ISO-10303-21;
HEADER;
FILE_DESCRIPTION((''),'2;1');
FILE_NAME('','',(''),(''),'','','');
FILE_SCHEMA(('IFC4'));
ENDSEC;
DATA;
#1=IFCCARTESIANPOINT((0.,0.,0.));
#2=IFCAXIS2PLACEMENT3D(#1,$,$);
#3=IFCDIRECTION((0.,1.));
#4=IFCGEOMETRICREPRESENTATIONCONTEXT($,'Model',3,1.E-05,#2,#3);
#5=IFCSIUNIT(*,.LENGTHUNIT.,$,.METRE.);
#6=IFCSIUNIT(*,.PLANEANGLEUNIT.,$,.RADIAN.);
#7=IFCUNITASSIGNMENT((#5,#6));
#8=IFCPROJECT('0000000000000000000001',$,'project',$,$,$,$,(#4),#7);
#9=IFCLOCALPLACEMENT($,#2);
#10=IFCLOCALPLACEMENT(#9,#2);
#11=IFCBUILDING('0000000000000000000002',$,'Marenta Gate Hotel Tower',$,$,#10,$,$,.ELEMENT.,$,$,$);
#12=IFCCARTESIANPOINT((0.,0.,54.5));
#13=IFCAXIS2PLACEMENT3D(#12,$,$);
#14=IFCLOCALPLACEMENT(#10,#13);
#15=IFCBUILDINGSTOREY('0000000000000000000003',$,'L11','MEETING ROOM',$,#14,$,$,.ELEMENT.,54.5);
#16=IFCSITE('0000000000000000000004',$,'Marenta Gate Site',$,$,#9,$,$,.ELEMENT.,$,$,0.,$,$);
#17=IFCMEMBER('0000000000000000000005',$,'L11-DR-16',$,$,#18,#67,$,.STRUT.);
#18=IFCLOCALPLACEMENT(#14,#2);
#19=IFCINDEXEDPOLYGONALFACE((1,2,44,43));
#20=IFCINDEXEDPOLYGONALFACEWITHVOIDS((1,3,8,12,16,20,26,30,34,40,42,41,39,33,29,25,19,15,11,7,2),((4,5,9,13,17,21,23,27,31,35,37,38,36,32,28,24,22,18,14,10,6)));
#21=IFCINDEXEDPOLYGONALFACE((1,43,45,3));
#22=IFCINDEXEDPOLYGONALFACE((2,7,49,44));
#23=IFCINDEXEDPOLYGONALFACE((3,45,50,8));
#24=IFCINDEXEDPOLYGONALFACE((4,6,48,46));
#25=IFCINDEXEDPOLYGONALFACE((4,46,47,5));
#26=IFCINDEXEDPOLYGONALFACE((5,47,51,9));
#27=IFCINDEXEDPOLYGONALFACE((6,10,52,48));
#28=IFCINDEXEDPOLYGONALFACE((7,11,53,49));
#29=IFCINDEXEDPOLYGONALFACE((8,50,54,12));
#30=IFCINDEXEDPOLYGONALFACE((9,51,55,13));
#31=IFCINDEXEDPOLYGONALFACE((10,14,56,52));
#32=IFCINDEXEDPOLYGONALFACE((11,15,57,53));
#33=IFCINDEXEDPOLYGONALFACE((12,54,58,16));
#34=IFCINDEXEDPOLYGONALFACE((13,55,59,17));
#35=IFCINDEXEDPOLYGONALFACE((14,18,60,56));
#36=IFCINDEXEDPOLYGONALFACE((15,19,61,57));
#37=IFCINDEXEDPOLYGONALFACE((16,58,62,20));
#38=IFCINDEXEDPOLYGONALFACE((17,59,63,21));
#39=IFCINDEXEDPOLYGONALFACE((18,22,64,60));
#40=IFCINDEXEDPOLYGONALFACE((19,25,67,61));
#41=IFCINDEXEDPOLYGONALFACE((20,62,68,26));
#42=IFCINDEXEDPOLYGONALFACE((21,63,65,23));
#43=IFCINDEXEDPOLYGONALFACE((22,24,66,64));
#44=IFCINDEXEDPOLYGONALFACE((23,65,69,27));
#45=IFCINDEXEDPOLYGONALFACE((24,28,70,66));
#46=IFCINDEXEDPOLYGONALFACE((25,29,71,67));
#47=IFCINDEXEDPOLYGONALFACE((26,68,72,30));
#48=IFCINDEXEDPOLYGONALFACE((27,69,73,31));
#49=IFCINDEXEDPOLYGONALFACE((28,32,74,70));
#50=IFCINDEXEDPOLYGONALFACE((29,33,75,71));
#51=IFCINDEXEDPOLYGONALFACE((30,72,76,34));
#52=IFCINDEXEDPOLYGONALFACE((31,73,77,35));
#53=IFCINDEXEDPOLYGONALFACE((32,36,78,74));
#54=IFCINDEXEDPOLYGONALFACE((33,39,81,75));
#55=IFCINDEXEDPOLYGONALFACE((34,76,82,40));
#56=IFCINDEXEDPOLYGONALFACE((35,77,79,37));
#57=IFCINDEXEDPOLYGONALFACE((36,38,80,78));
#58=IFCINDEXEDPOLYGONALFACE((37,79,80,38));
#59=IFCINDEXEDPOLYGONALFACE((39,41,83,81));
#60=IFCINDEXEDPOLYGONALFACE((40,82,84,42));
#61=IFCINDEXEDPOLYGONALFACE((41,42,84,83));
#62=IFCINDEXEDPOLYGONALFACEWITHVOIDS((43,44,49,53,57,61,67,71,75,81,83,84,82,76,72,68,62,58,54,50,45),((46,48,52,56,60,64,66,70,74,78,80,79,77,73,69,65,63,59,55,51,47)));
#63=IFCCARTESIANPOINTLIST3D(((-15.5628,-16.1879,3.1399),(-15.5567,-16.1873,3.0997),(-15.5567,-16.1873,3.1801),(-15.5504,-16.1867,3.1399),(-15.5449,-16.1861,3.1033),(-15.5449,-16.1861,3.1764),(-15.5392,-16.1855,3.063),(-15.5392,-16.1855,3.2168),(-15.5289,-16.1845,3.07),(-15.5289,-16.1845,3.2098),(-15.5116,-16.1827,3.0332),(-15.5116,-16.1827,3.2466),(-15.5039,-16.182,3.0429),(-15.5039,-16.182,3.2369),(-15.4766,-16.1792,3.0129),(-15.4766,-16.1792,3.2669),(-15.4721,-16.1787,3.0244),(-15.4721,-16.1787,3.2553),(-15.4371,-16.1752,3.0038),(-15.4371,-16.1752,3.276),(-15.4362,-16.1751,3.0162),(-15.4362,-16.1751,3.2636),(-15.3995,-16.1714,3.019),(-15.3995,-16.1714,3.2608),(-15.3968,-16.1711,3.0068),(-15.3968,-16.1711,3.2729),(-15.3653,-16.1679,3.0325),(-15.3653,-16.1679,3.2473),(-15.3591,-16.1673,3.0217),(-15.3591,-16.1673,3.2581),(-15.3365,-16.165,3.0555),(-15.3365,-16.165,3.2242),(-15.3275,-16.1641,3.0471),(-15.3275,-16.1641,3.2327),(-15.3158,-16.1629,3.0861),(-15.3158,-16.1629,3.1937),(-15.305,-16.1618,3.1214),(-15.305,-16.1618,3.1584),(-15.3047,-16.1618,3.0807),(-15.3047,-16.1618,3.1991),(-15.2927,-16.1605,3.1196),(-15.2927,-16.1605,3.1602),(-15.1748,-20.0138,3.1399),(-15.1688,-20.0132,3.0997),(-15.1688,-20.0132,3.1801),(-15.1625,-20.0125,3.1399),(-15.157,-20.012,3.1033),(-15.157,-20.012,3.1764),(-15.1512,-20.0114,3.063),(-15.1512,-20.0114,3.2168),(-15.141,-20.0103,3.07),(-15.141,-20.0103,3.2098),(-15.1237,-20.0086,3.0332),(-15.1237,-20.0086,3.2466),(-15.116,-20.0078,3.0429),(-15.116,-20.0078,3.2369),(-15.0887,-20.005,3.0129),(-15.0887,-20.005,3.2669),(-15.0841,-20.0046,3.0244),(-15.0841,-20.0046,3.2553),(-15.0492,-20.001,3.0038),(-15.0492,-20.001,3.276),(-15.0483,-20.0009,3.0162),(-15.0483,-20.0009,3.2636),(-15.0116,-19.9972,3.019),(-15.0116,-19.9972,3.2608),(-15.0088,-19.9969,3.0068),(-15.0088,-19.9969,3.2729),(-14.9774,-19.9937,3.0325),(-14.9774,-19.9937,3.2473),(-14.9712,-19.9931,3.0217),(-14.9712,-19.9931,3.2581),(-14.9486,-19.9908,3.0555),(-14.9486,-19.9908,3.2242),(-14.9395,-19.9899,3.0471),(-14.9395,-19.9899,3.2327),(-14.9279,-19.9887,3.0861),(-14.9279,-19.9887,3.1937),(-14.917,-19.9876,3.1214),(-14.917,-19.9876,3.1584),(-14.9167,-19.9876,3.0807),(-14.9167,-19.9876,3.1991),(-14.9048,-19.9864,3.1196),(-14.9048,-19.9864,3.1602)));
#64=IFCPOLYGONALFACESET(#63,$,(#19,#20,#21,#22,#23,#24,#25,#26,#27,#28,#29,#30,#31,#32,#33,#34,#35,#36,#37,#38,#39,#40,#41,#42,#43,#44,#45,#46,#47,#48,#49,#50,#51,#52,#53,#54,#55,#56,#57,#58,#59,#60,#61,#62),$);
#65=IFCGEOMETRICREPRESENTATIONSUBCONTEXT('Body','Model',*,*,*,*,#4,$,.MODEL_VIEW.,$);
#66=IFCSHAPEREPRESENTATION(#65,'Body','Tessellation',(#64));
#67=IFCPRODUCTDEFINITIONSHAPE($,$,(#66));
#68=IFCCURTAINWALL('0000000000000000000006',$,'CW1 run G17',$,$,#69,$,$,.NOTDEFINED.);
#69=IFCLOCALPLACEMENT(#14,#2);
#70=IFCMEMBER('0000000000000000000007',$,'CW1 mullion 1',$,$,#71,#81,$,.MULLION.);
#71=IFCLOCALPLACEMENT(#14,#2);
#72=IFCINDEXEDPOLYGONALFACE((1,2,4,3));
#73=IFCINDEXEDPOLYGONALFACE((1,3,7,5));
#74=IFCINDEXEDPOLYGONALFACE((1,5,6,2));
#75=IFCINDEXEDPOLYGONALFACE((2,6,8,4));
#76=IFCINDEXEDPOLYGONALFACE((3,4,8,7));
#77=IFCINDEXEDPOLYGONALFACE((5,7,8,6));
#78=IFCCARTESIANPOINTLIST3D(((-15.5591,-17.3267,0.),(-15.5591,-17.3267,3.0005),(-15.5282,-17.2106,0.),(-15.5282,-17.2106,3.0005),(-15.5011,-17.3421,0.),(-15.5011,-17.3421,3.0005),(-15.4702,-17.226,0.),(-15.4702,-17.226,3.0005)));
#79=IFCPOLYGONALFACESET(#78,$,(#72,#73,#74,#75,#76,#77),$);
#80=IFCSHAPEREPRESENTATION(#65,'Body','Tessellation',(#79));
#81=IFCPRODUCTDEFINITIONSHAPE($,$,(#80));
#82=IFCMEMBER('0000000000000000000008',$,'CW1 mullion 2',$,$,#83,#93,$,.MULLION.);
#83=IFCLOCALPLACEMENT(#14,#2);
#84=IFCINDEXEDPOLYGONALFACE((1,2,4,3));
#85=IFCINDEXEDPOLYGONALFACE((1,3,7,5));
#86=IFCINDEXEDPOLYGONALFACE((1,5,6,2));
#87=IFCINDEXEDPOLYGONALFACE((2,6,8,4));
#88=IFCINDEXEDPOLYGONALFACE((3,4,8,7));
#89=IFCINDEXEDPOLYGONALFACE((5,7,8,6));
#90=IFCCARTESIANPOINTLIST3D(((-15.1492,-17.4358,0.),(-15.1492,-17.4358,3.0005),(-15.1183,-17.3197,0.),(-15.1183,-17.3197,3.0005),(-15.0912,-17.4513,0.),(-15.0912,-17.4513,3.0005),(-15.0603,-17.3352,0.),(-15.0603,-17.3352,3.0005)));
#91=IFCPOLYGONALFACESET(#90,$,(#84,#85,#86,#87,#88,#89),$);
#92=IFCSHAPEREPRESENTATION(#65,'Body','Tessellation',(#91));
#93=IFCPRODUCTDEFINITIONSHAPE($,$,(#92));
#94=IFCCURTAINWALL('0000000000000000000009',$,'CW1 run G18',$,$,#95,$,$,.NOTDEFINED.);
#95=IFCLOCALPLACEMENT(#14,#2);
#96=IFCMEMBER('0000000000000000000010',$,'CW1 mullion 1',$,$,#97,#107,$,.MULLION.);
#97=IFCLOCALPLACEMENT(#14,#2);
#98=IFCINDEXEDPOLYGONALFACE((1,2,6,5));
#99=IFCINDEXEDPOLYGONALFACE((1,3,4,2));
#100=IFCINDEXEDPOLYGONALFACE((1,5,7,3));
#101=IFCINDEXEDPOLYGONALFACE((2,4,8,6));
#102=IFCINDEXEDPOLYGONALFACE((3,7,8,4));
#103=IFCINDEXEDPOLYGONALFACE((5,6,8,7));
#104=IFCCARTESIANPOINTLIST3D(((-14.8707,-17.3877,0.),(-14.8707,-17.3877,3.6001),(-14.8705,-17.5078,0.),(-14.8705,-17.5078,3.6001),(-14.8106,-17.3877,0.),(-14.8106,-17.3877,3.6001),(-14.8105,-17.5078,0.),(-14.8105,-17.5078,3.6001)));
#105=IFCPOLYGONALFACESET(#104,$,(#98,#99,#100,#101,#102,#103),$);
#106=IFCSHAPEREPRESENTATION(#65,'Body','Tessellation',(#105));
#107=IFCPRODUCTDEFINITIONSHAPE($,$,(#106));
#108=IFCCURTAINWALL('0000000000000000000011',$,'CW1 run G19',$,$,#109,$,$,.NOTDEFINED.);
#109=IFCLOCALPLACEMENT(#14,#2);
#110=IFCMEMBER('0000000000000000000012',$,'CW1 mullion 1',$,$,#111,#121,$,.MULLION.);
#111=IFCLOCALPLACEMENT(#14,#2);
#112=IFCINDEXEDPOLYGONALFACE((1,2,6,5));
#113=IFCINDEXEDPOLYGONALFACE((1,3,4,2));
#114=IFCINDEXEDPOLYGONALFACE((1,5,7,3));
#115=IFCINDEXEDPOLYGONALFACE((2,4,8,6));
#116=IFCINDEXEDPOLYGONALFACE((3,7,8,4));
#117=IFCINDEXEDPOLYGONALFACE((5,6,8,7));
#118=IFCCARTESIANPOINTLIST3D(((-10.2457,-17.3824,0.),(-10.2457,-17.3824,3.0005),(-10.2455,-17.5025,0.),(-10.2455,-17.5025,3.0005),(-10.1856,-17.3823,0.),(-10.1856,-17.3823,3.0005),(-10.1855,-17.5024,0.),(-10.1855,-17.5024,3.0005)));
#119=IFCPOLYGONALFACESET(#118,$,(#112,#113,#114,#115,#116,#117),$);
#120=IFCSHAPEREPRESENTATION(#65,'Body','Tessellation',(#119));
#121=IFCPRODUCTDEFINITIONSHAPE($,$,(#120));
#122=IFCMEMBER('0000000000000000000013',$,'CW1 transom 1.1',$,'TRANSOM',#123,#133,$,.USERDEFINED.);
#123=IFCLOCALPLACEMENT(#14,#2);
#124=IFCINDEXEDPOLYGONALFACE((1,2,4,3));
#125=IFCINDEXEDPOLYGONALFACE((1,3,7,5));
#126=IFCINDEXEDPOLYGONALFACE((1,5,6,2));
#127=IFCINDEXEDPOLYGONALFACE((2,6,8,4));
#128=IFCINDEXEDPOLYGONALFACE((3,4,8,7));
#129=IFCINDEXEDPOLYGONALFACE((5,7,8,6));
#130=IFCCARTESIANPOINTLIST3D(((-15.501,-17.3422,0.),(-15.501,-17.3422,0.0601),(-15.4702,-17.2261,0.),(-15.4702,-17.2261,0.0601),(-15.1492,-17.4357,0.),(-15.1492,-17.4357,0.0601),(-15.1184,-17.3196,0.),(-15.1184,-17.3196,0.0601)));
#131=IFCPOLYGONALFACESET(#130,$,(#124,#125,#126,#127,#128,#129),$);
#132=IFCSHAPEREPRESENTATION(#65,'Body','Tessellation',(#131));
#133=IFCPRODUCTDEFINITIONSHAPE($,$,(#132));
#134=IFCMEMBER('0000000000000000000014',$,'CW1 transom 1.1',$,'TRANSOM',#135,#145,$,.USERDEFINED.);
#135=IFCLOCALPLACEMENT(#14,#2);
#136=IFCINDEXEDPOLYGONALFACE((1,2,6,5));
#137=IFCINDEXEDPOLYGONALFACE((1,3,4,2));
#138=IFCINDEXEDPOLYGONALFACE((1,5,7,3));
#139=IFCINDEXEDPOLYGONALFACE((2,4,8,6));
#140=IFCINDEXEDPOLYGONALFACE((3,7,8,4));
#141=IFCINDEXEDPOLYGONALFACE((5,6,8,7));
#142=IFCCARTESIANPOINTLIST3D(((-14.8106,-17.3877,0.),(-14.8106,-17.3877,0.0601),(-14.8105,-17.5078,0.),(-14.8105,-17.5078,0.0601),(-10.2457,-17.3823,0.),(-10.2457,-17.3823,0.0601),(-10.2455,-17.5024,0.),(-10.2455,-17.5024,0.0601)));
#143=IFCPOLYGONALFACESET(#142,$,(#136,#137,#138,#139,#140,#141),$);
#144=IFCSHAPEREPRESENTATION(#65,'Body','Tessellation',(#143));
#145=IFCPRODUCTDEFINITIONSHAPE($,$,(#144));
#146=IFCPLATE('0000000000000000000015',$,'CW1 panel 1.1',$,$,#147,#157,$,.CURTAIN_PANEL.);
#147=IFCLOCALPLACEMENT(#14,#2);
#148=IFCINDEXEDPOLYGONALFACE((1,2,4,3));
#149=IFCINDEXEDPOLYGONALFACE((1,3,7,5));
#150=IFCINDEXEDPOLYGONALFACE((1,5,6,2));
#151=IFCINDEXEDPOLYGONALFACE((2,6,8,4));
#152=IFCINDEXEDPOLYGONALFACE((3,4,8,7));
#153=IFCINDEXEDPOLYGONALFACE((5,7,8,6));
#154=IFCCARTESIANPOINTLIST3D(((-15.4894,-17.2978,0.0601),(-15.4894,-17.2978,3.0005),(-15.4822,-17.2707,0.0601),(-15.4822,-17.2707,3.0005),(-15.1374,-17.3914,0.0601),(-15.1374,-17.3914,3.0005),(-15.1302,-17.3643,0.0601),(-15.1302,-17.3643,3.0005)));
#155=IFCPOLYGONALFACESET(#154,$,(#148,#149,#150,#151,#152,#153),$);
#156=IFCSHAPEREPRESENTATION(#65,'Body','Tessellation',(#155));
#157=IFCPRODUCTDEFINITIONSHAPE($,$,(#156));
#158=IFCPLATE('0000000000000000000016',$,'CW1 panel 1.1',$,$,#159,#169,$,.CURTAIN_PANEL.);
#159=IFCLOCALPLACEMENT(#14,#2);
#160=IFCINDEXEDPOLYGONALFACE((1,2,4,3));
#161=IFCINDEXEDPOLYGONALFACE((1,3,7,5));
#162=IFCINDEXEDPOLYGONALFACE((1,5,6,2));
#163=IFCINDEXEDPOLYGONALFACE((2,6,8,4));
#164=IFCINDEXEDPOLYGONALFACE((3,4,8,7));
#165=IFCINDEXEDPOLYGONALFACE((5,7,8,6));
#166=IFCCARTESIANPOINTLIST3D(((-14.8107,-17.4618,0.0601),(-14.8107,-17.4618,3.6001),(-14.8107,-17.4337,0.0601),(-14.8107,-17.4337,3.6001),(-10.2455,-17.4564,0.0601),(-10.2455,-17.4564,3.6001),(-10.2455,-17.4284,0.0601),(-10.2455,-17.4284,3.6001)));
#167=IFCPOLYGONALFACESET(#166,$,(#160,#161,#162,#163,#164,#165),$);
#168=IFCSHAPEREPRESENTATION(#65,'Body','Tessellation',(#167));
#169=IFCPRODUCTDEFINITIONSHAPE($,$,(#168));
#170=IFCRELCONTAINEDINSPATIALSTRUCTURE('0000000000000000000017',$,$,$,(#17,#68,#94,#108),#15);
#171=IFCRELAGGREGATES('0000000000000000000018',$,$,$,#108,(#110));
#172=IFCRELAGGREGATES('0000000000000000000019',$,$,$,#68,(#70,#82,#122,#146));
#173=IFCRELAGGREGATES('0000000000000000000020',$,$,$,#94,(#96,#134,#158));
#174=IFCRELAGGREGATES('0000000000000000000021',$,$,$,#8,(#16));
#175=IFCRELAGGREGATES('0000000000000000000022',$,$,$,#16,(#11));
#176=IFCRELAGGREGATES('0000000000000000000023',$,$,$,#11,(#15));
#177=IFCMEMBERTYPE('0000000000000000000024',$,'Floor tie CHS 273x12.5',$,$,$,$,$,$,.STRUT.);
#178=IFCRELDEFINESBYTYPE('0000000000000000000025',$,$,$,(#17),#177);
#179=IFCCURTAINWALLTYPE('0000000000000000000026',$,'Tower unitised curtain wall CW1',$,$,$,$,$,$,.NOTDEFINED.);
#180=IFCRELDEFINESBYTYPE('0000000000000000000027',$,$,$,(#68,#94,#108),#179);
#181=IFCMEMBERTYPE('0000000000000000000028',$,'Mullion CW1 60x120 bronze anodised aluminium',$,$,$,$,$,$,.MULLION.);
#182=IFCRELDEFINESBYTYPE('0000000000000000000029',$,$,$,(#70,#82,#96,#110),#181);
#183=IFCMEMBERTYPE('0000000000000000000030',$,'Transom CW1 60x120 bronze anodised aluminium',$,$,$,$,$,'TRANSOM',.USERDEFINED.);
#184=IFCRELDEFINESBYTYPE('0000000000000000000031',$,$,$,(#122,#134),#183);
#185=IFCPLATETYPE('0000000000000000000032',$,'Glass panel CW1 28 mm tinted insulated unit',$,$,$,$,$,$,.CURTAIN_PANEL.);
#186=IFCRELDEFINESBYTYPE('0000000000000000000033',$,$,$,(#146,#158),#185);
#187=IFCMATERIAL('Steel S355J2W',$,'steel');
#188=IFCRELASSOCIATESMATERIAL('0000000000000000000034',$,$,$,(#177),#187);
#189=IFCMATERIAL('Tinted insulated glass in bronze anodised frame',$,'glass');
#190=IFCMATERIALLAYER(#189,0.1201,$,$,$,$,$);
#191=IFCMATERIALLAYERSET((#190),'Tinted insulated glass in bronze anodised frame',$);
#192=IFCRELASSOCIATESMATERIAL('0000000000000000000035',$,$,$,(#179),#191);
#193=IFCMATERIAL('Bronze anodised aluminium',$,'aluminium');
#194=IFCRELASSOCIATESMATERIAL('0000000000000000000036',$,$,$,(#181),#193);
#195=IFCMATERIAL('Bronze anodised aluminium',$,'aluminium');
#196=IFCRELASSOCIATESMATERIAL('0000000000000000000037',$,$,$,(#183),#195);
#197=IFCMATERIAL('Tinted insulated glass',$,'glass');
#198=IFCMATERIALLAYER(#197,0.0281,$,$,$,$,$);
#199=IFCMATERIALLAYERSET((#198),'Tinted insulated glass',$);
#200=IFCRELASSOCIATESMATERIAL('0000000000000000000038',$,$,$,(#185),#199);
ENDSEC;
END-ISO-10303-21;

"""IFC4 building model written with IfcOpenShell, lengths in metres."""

from ifc_helpers import new_model, si_unit, direction, frame, origin, origin_2d, place, context, subcontext, project, spatial, rectangle, hollow_circle, extrude, material, layer, layer_set, material_profile, profile_set, type_object, element, aggregate, save


model = new_model("IFC4")

# Units and contexts
model_context = context("Model", 3, precision=1e-05, world=origin(), true_north=direction((0.0, 1.0)))
body_context = subcontext(model_context, "Body", "Model", "MODEL_VIEW")
ifc_project = project(units=[si_unit("LENGTHUNIT", "METRE"), si_unit("PLANEANGLEUNIT", "RADIAN")], contexts=[model_context])

# Site, building, storey
site_placement = place(None, origin())
site = spatial("IfcSite", under=ifc_project, at=site_placement, Name="Marenta Gate Site", CompositionType="ELEMENT", RefElevation=0.0)
building_placement = place(site_placement, origin())
building = spatial("IfcBuilding", under=site, at=building_placement, Name="Marenta Gate Hotel Tower", CompositionType="ELEMENT")
storey_placement = place(building_placement, frame((0.0, 0.0, 54.5)))
storey = spatial("IfcBuildingStorey", under=building, at=storey_placement, Name="L11", Description="MEETING ROOM", CompositionType="ELEMENT", Elevation=54.5)

# Member
ifc_material_1 = material(Name="Steel S355J2W", Category="steel")
ifc_material_profile_1 = material_profile(ifc_material_1, hollow_circle(Radius=0.1365, WallThickness=0.0125, at=origin_2d()), Name="CHS 273x12.5")
ifc_profile_set_1 = profile_set([ifc_material_profile_1], Name="Steel S355J2W")
member_type_1 = type_object("IfcMemberType", Name="Floor tie CHS 273x12.5", PredefinedType="STRUT", material=ifc_profile_set_1)
member_1_placement = place(storey_placement, frame((-15.0391, -20.0, 3.1399), z_axis=(-0.10088, 0.994899, 0.0), x_axis=(-0.994899, -0.10088, 0.0)))
element("IfcMember", 1, at=member_1_placement, inside=storey, type_object=member_type_1, Name="L11-DR-16", PredefinedType="STRUT", context=body_context, shape_type="SweptSolid", body=[
    extrude(hollow_circle(Radius=0.1365, WallThickness=0.0125, at=origin_2d()), origin(), (0.0, 0.0, 1.0), 3.8455),
])

# Curtain wall, members
ifc_material_2 = material(Name="Tinted insulated glass in bronze anodised frame", Category="glass")
ifc_layer_1 = layer(ifc_material_2, 0.1201)
ifc_layer_set_1 = layer_set([ifc_layer_1], Name="Tinted insulated glass in bronze anodised frame")
curtain_wall_type = type_object("IfcCurtainWallType", Name="Tower unitised curtain wall CW1", PredefinedType="NOTDEFINED", material=ifc_layer_set_1)
curtain_wall_1_placement = place(storey_placement, origin())
curtain_wall_1 = element("IfcCurtainWall", 2, at=curtain_wall_1_placement, inside=storey, type_object=curtain_wall_type, Name="CW1 run G17", PredefinedType="NOTDEFINED")
ifc_material_3 = material(Name="Bronze anodised aluminium", Category="aluminium")
ifc_material_profile_2 = material_profile(ifc_material_3, rectangle(XDim=0.1201, YDim=0.0601, at=origin_2d()), Name="Mullion CW1 60x120 bronze anodised aluminium")
ifc_profile_set_2 = profile_set([ifc_material_profile_2], Name="Bronze anodised aluminium")
member_type_2 = type_object("IfcMemberType", Name="Mullion CW1 60x120 bronze anodised aluminium", PredefinedType="MULLION", material=ifc_profile_set_2)
member_2_placement = place(storey_placement, frame((-15.5146, -17.2764, 0.0), z_axis=(0.0, 0.0, 1.0), x_axis=(0.257084, 0.966389, 0.0)))
member_2 = element("IfcMember", 3, at=member_2_placement, type_object=member_type_2, Name="CW1 mullion 1", PredefinedType="MULLION", context=body_context, shape_type="SweptSolid", body=[
    extrude(rectangle(XDim=0.1201, YDim=0.0601, at=origin_2d()), origin(), (0.0, 0.0, 1.0), 3.0005),
])
member_3_placement = place(storey_placement, frame((-15.1047, -17.3855, 0.0), z_axis=(0.0, 0.0, 1.0), x_axis=(0.257084, 0.966389, 0.0)))
member_3 = element("IfcMember", 4, at=member_3_placement, type_object=member_type_2, Name="CW1 mullion 2", PredefinedType="MULLION", context=body_context, shape_type="SweptSolid", body=[
    extrude(rectangle(XDim=0.1201, YDim=0.0601, at=origin_2d()), origin(), (0.0, 0.0, 1.0), 3.0005),
])

# Curtain walls, members
curtain_wall_2_placement = place(storey_placement, origin())
curtain_wall_2 = element("IfcCurtainWall", 5, at=curtain_wall_2_placement, inside=storey, type_object=curtain_wall_type, Name="CW1 run G18", PredefinedType="NOTDEFINED")
member_4_placement = place(storey_placement, frame((-14.8406, -17.4478, 0.0), z_axis=(0.0, 0.0, 1.0), x_axis=(-0.001168, 0.999999, 0.0)))
member_4 = element("IfcMember", 6, at=member_4_placement, type_object=member_type_2, Name="CW1 mullion 1", PredefinedType="MULLION", context=body_context, shape_type="SweptSolid", body=[
    extrude(rectangle(XDim=0.1201, YDim=0.0601, at=origin_2d()), origin(), (0.0, 0.0, 1.0), 3.6001),
])
curtain_wall_3_placement = place(storey_placement, origin())
curtain_wall_3 = element("IfcCurtainWall", 7, at=curtain_wall_3_placement, inside=storey, type_object=curtain_wall_type, Name="CW1 run G19", PredefinedType="NOTDEFINED")
member_5_placement = place(storey_placement, frame((-10.2156, -17.4424, 0.0), z_axis=(0.0, 0.0, 1.0), x_axis=(-0.001104, 0.999999, 0.0)))
member_5 = element("IfcMember", 8, at=member_5_placement, type_object=member_type_2, Name="CW1 mullion 1", PredefinedType="MULLION", context=body_context, shape_type="SweptSolid", body=[
    extrude(rectangle(XDim=0.1201, YDim=0.0601, at=origin_2d()), origin(), (0.0, 0.0, 1.0), 3.0005),
])
aggregate(curtain_wall_3, [member_5])

# Members
ifc_material_4 = material(Name="Bronze anodised aluminium", Category="aluminium")
ifc_material_profile_3 = material_profile(ifc_material_4, rectangle(XDim=0.1201, YDim=0.0601, at=origin_2d()), Name="Transom CW1 60x120 bronze anodised aluminium")
ifc_profile_set_3 = profile_set([ifc_material_profile_3], Name="Bronze anodised aluminium")
member_type_3 = type_object("IfcMemberType", Name="Transom CW1 60x120 bronze anodised aluminium", ElementType="TRANSOM", PredefinedType="USERDEFINED", material=ifc_profile_set_3)
member_6_placement = place(storey_placement, frame((-15.4856, -17.2842, 0.03), z_axis=(0.966446, -0.256869, 0.0), x_axis=(0.256869, 0.966446, 0.0)))
member_6 = element("IfcMember", 9, at=member_6_placement, type_object=member_type_3, Name="CW1 transom 1.1", ObjectType="TRANSOM", PredefinedType="USERDEFINED", context=body_context, shape_type="SweptSolid", body=[
    extrude(rectangle(XDim=0.1201, YDim=0.0601, at=origin_2d()), origin(), (0.0, 0.0, 1.0), 0.364),
])
member_7_placement = place(storey_placement, frame((-14.8105, -17.4478, 0.03), z_axis=(0.999999, 0.001177, 0.0), x_axis=(-0.001177, 0.999999, 0.0)))
member_7 = element("IfcMember", 10, at=member_7_placement, type_object=member_type_3, Name="CW1 transom 1.1", ObjectType="TRANSOM", PredefinedType="USERDEFINED", context=body_context, shape_type="SweptSolid", body=[
    extrude(rectangle(XDim=0.1201, YDim=0.0601, at=origin_2d()), origin(), (0.0, 0.0, 1.0), 4.5649),
])

# Plates
ifc_material_5 = material(Name="Tinted insulated glass", Category="glass")
ifc_layer_2 = layer(ifc_material_5, 0.0281)
ifc_layer_set_2 = layer_set([ifc_layer_2], Name="Tinted insulated glass")
plate_type = type_object("IfcPlateType", Name="Glass panel CW1 28 mm tinted insulated unit", PredefinedType="CURTAIN_PANEL", material=ifc_layer_set_2)
plate_1_placement = place(storey_placement, frame((-15.3098, -17.3311, 0.0601), z_axis=(0.0, 0.0, 1.0), x_axis=(0.966389, -0.257084, 0.0)))
plate_1 = element("IfcPlate", 11, at=plate_1_placement, type_object=plate_type, Name="CW1 panel 1.1", PredefinedType="CURTAIN_PANEL", context=body_context, shape_type="SweptSolid", body=[
    extrude(rectangle(XDim=0.3643, YDim=0.0281, at=origin_2d()), origin(), (0.0, 0.0, 1.0), 2.9404),
])
aggregate(curtain_wall_1, [member_2, member_3, member_6, plate_1])
plate_2_placement = place(storey_placement, frame((-12.5281, -17.4451, 0.0601), z_axis=(0.0, 0.0, 1.0), x_axis=(0.999999, 0.001168, 0.0)))
plate_2 = element("IfcPlate", 12, at=plate_2_placement, type_object=plate_type, Name="CW1 panel 1.1", PredefinedType="CURTAIN_PANEL", context=body_context, shape_type="SweptSolid", body=[
    extrude(rectangle(XDim=4.5652, YDim=0.0281, at=origin_2d()), origin(), (0.0, 0.0, 1.0), 3.54),
])
aggregate(curtain_wall_2, [member_4, member_7, plate_2])

save(model, "model.ifc")
